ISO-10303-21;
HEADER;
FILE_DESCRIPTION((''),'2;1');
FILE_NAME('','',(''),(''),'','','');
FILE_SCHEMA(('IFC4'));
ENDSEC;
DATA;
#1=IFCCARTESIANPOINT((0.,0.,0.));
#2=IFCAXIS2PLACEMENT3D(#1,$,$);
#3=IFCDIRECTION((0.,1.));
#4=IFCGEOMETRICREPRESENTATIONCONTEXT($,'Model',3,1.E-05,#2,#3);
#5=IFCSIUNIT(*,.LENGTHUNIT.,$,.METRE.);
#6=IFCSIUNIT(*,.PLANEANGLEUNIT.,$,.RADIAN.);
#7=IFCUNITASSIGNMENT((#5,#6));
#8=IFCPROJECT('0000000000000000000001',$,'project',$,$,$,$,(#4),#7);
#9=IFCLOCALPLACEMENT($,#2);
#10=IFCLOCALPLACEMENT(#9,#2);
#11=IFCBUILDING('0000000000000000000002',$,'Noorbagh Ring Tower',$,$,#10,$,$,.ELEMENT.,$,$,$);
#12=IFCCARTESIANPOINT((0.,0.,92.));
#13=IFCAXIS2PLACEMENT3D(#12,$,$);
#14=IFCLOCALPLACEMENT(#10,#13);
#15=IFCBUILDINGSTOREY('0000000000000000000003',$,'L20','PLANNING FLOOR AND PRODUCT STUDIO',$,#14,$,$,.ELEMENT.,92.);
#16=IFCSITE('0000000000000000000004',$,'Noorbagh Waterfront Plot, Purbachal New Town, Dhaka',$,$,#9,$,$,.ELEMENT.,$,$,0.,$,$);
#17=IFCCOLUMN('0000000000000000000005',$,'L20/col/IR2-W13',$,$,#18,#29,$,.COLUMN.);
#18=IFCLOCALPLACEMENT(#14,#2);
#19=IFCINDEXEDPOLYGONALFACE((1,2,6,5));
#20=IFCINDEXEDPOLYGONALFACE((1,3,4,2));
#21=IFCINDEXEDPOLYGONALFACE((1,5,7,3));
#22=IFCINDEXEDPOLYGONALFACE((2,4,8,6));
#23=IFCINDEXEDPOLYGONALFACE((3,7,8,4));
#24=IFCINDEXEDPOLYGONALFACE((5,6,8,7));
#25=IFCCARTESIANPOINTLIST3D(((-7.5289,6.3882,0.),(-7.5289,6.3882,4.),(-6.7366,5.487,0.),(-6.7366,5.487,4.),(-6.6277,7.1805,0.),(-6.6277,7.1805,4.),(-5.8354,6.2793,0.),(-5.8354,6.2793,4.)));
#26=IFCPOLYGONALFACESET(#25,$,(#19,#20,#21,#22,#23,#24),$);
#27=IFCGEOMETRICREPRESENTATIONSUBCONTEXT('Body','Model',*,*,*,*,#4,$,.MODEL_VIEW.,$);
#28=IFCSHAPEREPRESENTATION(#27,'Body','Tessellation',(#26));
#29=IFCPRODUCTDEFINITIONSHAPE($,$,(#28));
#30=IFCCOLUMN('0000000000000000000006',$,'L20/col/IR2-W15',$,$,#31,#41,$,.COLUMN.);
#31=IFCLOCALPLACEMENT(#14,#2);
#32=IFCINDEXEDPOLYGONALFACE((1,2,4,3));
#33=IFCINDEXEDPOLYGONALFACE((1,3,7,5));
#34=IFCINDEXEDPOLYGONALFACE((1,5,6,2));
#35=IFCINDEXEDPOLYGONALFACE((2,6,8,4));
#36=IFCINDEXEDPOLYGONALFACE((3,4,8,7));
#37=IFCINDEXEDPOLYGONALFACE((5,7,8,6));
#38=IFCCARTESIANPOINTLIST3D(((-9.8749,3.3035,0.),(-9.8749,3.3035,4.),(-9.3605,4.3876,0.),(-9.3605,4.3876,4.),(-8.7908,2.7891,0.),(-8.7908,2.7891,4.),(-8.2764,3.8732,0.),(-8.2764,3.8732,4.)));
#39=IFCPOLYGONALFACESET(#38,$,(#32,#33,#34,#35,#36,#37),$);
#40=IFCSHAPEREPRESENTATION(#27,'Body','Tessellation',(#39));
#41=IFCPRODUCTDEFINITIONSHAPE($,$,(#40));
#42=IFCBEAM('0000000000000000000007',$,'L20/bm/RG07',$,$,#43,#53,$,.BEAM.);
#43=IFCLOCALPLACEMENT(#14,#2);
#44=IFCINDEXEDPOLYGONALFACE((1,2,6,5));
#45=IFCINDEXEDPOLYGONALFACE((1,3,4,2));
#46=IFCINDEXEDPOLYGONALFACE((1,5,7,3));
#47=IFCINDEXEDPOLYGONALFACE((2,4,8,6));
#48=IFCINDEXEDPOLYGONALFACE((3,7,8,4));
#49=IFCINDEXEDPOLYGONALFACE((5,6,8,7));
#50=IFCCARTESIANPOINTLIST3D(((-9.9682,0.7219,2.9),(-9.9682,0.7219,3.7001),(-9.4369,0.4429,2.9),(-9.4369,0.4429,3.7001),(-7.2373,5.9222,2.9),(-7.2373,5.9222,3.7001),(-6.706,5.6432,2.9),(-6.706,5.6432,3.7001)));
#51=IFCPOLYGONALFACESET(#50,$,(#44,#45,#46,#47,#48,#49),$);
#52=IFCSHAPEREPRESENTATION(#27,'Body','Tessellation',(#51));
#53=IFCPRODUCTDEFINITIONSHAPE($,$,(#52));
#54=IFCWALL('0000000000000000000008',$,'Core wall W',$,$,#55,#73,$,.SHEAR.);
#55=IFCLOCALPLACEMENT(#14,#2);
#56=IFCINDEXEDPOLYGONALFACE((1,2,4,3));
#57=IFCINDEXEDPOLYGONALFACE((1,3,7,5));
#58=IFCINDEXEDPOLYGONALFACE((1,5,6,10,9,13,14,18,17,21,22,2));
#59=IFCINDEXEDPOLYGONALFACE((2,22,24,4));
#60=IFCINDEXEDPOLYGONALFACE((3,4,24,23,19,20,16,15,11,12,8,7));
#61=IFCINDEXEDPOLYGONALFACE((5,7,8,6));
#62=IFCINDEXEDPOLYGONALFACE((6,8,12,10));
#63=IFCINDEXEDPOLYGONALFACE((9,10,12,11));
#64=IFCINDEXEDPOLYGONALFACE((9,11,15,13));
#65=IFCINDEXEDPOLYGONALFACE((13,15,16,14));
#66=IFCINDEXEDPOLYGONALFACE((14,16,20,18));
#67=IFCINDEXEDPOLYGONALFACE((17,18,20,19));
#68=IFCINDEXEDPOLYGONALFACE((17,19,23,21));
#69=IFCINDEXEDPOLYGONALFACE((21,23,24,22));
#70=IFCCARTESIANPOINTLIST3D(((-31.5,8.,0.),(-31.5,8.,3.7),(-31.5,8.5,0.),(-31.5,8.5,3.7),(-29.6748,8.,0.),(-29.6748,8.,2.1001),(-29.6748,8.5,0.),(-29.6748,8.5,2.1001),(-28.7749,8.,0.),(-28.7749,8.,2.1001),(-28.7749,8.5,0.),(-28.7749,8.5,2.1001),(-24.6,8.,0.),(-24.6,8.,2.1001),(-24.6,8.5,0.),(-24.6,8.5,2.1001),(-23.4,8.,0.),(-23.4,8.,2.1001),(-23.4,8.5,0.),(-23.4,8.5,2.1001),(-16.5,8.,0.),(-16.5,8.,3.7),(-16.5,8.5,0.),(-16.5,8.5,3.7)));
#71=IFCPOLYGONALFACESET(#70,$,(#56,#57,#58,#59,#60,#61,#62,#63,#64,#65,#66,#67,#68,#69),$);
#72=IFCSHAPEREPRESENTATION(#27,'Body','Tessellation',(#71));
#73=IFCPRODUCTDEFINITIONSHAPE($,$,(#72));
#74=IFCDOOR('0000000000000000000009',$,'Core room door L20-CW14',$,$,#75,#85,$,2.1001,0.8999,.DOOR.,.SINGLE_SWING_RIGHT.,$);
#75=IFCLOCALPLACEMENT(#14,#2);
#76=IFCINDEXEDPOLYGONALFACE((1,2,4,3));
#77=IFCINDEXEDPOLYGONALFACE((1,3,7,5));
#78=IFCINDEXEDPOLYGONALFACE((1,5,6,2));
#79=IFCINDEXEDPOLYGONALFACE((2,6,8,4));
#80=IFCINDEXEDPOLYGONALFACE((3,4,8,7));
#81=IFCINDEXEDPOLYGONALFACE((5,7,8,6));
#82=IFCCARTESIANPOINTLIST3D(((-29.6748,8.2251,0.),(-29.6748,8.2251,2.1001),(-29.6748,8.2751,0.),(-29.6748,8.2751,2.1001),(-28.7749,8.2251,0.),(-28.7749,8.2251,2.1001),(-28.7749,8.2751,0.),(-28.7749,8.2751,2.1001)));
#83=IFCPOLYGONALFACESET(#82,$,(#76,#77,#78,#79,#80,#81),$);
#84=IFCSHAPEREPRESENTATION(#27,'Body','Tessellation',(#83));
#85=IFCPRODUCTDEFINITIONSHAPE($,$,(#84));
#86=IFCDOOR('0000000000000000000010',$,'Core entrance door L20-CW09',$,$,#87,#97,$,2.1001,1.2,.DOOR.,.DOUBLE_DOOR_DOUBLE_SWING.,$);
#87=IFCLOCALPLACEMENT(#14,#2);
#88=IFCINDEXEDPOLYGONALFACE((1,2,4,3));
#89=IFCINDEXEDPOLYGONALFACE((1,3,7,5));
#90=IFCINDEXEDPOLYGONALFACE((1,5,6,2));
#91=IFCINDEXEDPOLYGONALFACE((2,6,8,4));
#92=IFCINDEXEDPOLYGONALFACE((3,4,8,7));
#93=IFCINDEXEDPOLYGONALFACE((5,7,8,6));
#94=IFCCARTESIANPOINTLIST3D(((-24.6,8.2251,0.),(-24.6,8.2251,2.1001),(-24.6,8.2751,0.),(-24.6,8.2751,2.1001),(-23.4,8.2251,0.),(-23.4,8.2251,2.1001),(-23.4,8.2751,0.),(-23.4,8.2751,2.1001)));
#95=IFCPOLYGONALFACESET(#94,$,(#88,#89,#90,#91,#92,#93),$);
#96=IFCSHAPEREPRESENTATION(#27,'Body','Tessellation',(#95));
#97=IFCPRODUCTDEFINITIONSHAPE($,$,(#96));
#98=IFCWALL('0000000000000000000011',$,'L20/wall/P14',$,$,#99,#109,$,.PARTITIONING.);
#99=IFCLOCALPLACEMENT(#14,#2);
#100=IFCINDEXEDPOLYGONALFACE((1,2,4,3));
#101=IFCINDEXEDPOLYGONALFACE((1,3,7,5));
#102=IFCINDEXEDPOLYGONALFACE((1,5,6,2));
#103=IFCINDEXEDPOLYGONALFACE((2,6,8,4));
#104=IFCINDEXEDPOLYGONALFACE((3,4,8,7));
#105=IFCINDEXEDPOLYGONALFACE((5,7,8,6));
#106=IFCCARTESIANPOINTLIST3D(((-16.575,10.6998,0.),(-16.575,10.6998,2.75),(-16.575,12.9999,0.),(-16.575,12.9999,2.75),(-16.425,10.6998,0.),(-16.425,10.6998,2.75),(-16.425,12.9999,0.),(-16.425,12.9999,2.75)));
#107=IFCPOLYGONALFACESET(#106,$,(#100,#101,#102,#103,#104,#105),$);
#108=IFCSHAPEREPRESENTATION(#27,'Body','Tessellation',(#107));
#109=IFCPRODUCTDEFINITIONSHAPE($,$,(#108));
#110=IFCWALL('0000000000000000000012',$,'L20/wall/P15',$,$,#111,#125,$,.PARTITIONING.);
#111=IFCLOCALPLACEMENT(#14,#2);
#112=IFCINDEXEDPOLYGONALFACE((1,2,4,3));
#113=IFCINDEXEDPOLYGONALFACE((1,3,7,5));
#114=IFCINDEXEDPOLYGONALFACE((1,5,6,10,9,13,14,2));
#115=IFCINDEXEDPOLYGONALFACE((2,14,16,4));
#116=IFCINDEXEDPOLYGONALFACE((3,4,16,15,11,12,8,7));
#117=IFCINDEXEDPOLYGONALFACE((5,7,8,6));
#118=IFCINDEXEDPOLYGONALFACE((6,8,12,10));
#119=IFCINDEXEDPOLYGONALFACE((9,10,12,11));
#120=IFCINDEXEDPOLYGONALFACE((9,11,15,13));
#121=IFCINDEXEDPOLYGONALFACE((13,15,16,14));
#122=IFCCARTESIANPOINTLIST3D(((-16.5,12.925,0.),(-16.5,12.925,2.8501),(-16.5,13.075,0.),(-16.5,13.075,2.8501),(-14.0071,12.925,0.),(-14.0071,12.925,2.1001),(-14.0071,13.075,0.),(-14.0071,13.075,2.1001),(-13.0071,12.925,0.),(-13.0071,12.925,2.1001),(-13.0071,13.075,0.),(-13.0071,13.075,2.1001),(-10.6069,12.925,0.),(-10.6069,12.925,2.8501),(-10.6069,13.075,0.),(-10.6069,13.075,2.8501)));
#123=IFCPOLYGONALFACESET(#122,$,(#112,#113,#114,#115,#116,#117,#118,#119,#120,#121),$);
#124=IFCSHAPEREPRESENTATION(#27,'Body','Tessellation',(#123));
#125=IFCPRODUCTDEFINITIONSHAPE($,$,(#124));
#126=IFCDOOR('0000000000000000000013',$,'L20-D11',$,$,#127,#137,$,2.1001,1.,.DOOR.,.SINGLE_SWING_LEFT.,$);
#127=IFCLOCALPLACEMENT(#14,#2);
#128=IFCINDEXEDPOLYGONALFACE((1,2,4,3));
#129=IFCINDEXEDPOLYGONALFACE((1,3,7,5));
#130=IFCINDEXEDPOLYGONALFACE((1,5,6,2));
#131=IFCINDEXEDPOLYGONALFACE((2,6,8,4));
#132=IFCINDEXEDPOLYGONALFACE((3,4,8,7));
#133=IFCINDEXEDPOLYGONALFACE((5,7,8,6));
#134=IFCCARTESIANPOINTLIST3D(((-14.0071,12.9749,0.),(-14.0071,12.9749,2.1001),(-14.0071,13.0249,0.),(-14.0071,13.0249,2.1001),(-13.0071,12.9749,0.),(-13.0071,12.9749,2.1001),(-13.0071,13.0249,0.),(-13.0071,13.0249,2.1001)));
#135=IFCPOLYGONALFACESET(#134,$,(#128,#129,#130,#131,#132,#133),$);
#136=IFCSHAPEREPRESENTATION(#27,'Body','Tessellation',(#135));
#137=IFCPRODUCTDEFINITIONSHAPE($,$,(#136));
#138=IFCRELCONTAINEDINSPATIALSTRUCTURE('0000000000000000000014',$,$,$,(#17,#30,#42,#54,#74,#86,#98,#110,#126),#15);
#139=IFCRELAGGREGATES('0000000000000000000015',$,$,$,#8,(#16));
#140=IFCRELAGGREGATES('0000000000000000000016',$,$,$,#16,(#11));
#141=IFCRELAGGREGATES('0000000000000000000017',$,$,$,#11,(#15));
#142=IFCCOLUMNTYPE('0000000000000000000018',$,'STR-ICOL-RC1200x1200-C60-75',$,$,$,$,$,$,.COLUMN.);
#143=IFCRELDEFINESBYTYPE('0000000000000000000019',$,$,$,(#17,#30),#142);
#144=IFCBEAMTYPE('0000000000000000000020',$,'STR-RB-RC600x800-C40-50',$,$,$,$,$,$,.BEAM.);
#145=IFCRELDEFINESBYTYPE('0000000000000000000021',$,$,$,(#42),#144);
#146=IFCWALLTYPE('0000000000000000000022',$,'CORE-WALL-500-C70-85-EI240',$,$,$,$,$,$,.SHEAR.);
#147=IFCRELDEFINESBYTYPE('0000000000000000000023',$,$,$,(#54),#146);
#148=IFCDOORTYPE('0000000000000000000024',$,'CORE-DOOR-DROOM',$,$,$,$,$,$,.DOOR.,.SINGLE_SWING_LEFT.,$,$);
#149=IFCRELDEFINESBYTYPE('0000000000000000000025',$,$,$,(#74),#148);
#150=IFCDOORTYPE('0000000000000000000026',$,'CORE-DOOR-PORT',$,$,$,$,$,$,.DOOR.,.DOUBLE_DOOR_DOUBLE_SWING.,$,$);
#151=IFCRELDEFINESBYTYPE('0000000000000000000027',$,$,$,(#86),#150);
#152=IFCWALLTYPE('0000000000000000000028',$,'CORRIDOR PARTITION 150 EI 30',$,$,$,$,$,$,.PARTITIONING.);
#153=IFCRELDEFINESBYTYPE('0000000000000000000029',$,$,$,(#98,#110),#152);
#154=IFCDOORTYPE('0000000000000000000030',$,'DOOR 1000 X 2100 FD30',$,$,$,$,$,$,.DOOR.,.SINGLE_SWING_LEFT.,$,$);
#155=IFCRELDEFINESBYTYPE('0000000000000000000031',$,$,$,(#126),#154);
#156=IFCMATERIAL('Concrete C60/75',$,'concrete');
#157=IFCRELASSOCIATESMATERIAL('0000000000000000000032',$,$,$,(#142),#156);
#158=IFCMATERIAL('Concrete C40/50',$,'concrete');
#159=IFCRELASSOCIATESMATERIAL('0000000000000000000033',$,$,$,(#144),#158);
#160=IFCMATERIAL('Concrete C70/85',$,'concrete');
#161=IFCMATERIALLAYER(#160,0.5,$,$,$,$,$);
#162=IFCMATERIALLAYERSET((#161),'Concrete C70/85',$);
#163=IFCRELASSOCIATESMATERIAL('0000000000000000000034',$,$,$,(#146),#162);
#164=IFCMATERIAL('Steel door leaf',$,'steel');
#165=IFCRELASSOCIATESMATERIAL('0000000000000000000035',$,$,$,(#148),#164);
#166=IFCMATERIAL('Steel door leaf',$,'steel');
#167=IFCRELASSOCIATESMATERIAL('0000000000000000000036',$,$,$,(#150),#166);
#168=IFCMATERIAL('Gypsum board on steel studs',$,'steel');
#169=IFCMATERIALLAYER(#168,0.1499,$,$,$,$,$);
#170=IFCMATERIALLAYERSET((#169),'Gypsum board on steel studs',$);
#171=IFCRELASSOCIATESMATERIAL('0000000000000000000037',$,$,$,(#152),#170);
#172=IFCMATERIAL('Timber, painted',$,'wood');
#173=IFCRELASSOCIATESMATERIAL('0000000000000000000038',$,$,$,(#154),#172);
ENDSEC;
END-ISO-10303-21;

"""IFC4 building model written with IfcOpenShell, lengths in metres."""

from ifc_helpers import new_model, si_unit, direction, frame, frame_2d, origin, origin_2d, place, context, subcontext, project, spatial, rectangle, extrude, material, layer, layer_set, material_profile, profile_set, type_object, element, fill, save


model = new_model("IFC4")

# Units and contexts
model_context = context("Model", 3, precision=1e-05, world=origin(), true_north=direction((0.0, 1.0)))
body_context = subcontext(model_context, "Body", "Model", "MODEL_VIEW")
ifc_project = project(units=[si_unit("LENGTHUNIT", "METRE"), si_unit("PLANEANGLEUNIT", "RADIAN")], contexts=[model_context])

# Site, building, storey
site_placement = place(None, origin())
site = spatial("IfcSite", under=ifc_project, at=site_placement, Name="Noorbagh Waterfront Plot, Purbachal New Town, Dhaka", CompositionType="ELEMENT", RefElevation=0.0)
building_placement = place(site_placement, origin())
building = spatial("IfcBuilding", under=site, at=building_placement, Name="Noorbagh Ring Tower", CompositionType="ELEMENT")
storey_placement = place(building_placement, frame((0.0, 0.0, 92.0)))
storey = spatial("IfcBuildingStorey", under=building, at=storey_placement, Name="L20", Description="PLANNING FLOOR AND PRODUCT STUDIO", CompositionType="ELEMENT", Elevation=92.0)

# Columns
ifc_material_1 = material(Name="Concrete C60/75", Category="concrete")
ifc_material_profile_1 = material_profile(ifc_material_1, rectangle(XDim=1.2, YDim=1.2, at=origin_2d()), Name="RC1200x1200")
ifc_profile_set_1 = profile_set([ifc_material_profile_1], Name="Concrete C60/75")
column_type = type_object("IfcColumnType", Name="STR-ICOL-RC1200x1200-C60-75", PredefinedType="COLUMN", material=ifc_profile_set_1)
for number, where, z_axis, x_axis, name in (
    (1, (-6.6821, 6.3337, 0.0), (0.0, 0.0, 1.0), (-0.751022, -0.660277, 0.0), "L20/col/IR2-W13"),
    (2, (-9.0757, 3.5884, 0.0), (0.0, 0.0, 1.0), (-0.428667, -0.903463, 0.0), "L20/col/IR2-W15"),
):
    element("IfcColumn", number, at=place(storey_placement, frame(where, z_axis=z_axis, x_axis=x_axis)), inside=storey, type_object=column_type, Name=name, PredefinedType="COLUMN", context=body_context, shape_type="SweptSolid", body=[
        extrude(rectangle(XDim=1.2, YDim=1.2, at=origin_2d()), origin(), (0.0, 0.0, 1.0), 4.0),
    ])

# Beam
ifc_material_2 = material(Name="Concrete C40/50", Category="concrete")
ifc_material_profile_2 = material_profile(ifc_material_2, rectangle(XDim=0.6001, YDim=0.8, at=origin_2d()), Name="RC600x800")
ifc_profile_set_2 = profile_set([ifc_material_profile_2], Name="Concrete C40/50")
beam_type = type_object("IfcBeamType", Name="STR-RB-RC600x800-C40-50", PredefinedType="BEAM", material=ifc_profile_set_2)
beam_placement = place(storey_placement, frame((-6.9717, 5.7827, 3.3), z_axis=(-0.464931, -0.885347, 0.0), x_axis=(0.885347, -0.464931, 0.0)))
element("IfcBeam", 3, at=beam_placement, inside=storey, type_object=beam_type, Name="L20/bm/RG07", PredefinedType="BEAM", context=body_context, shape_type="SweptSolid", body=[
    extrude(rectangle(XDim=0.6001, YDim=0.8, at=origin_2d()), origin(), (0.0, 0.0, 1.0), 5.8738),
])

# Wall, openings, doors
ifc_material_3 = material(Name="Concrete C70/85", Category="concrete")
ifc_layer_1 = layer(ifc_material_3, 0.5)
ifc_layer_set_1 = layer_set([ifc_layer_1], Name="Concrete C70/85")
wall_type_1 = type_object("IfcWallType", Name="CORE-WALL-500-C70-85-EI240", PredefinedType="SHEAR", material=ifc_layer_set_1)
wall_1_placement = place(storey_placement, frame((-16.5, 8.25, 0.0), z_axis=(0.0, 0.0, 1.0), x_axis=(-1.0, 0.0, 0.0)))
wall_1 = element("IfcWall", 4, at=wall_1_placement, inside=storey, type_object=wall_type_1, Name="Core wall W", PredefinedType="SHEAR", context=body_context, shape_type="SweptSolid", body=[
    extrude(rectangle(XDim=15.0, YDim=0.5, at=frame_2d((7.5, 0.0))), origin(), (0.0, 0.0, 1.0), 3.7),
])
opening_1_placement = place(wall_1_placement, frame((6.8999, 0.0, 0.0)))
opening_1 = element("IfcOpeningElement", 5, at=opening_1_placement, cuts=wall_1, PredefinedType="OPENING", context=body_context, shape_type="SweptSolid", body=[
    extrude(rectangle(XDim=1.2, YDim=2.1001, at=frame_2d((0.6001, 1.05))), frame((0.0, 0.26, 0.0), z_axis=(0.0, -1.0, 0.0), x_axis=(1.0, 0.0, 0.0)), (0.0, 0.0, 1.0), 0.52),
])
opening_2_placement = place(wall_1_placement, frame((12.2749, 0.0, 0.0)))
opening_2 = element("IfcOpeningElement", 6, at=opening_2_placement, cuts=wall_1, PredefinedType="OPENING", context=body_context, shape_type="SweptSolid", body=[
    extrude(rectangle(XDim=0.8999, YDim=2.1001, at=frame_2d((0.45, 1.05))), frame((0.0, 0.26, 0.0), z_axis=(0.0, -1.0, 0.0), x_axis=(1.0, 0.0, 0.0)), (0.0, 0.0, 1.0), 0.52),
])
ifc_material_4 = material(Name="Steel door leaf", Category="steel")
door_type_1 = type_object("IfcDoorType", Name="CORE-DOOR-DROOM", OperationType="SINGLE_SWING_LEFT", PredefinedType="DOOR", material=ifc_material_4)
door_1_placement = place(opening_2_placement, origin())
door_1 = element("IfcDoor", 7, at=door_1_placement, inside=storey, type_object=door_type_1, Name="Core room door L20-CW14", OperationType="SINGLE_SWING_RIGHT", OverallHeight=2.1001, OverallWidth=0.8999, PredefinedType="DOOR", context=body_context, shape_type="SweptSolid", body=[
    extrude(rectangle(XDim=0.8999, YDim=2.1001, at=frame_2d((0.45, 1.05))), frame((0.0, 0.0249, 0.0), z_axis=(0.0, -1.0, 0.0), x_axis=(1.0, 0.0, 0.0)), (0.0, 0.0, 1.0), 0.05),
])
fill(opening_2, door_1)
ifc_material_5 = material(Name="Steel door leaf", Category="steel")
door_type_2 = type_object("IfcDoorType", Name="CORE-DOOR-PORT", OperationType="DOUBLE_DOOR_DOUBLE_SWING", PredefinedType="DOOR", material=ifc_material_5)
door_2_placement = place(opening_1_placement, origin())
door_2 = element("IfcDoor", 8, at=door_2_placement, inside=storey, type_object=door_type_2, Name="Core entrance door L20-CW09", OperationType="DOUBLE_DOOR_DOUBLE_SWING", OverallHeight=2.1001, OverallWidth=1.2, PredefinedType="DOOR", context=body_context, shape_type="SweptSolid", body=[
    extrude(rectangle(XDim=1.2, YDim=2.1001, at=frame_2d((0.6001, 1.05))), frame((0.0, 0.0249, 0.0), z_axis=(0.0, -1.0, 0.0), x_axis=(1.0, 0.0, 0.0)), (0.0, 0.0, 1.0), 0.05),
])
fill(opening_1, door_2)

# Wall
ifc_material_6 = material(Name="Gypsum board on steel studs", Category="steel")
ifc_layer_2 = layer(ifc_material_6, 0.1499)
ifc_layer_set_2 = layer_set([ifc_layer_2], Name="Gypsum board on steel studs")
wall_type_2 = type_object("IfcWallType", Name="CORRIDOR PARTITION 150 EI 30", PredefinedType="PARTITIONING", material=ifc_layer_set_2)
wall_2_placement = place(storey_placement, frame((-16.5, 10.7, 0.0), z_axis=(0.0, 0.0, 1.0), x_axis=(0.0, 1.0, 0.0)))
element("IfcWall", 9, at=wall_2_placement, inside=storey, type_object=wall_type_2, Name="L20/wall/P14", PredefinedType="PARTITIONING", context=body_context, shape_type="SweptSolid", body=[
    extrude(rectangle(XDim=2.3, YDim=0.1499, at=frame_2d((1.1499, 0.0))), origin(), (0.0, 0.0, 1.0), 2.75),
])

# Wall, opening, door
wall_3_placement = place(storey_placement, frame((-16.5, 13.0, 0.0), z_axis=(0.0, 0.0, 1.0), x_axis=(1.0, 0.0, 0.0)))
wall_3 = element("IfcWall", 10, at=wall_3_placement, inside=storey, type_object=wall_type_2, Name="L20/wall/P15", PredefinedType="PARTITIONING", context=body_context, shape_type="SweptSolid", body=[
    extrude(rectangle(XDim=5.8931, YDim=0.1499, at=frame_2d((2.9465, 0.0))), origin(), (0.0, 0.0, 1.0), 2.8501),
])
opening_3_placement = place(wall_3_placement, frame((2.4929, 0.0, 0.0)))
opening_3 = element("IfcOpeningElement", 11, at=opening_3_placement, cuts=wall_3, PredefinedType="OPENING", context=body_context, shape_type="SweptSolid", body=[
    extrude(rectangle(XDim=1.0, YDim=2.1001, at=frame_2d((0.5, 1.05))), frame((0.0, 0.085, 0.0), z_axis=(0.0, -1.0, 0.0), x_axis=(1.0, 0.0, 0.0)), (0.0, 0.0, 1.0), 0.1699),
])
ifc_material_7 = material(Name="Timber, painted", Category="wood")
door_type_3 = type_object("IfcDoorType", Name="DOOR 1000 X 2100 FD30", OperationType="SINGLE_SWING_LEFT", PredefinedType="DOOR", material=ifc_material_7)
door_3_placement = place(opening_3_placement, origin())
door_3 = element("IfcDoor", 12, at=door_3_placement, inside=storey, type_object=door_type_3, Name="L20-D11", OperationType="SINGLE_SWING_LEFT", OverallHeight=2.1001, OverallWidth=1.0, PredefinedType="DOOR", context=body_context, shape_type="SweptSolid", body=[
    extrude(rectangle(XDim=1.0, YDim=2.1001, at=frame_2d((0.5, 1.05))), frame((0.0, 0.0249, 0.0), z_axis=(0.0, -1.0, 0.0), x_axis=(1.0, 0.0, 0.0)), (0.0, 0.0, 1.0), 0.05),
])
fill(opening_3, door_3)

save(model, "model.ifc")
